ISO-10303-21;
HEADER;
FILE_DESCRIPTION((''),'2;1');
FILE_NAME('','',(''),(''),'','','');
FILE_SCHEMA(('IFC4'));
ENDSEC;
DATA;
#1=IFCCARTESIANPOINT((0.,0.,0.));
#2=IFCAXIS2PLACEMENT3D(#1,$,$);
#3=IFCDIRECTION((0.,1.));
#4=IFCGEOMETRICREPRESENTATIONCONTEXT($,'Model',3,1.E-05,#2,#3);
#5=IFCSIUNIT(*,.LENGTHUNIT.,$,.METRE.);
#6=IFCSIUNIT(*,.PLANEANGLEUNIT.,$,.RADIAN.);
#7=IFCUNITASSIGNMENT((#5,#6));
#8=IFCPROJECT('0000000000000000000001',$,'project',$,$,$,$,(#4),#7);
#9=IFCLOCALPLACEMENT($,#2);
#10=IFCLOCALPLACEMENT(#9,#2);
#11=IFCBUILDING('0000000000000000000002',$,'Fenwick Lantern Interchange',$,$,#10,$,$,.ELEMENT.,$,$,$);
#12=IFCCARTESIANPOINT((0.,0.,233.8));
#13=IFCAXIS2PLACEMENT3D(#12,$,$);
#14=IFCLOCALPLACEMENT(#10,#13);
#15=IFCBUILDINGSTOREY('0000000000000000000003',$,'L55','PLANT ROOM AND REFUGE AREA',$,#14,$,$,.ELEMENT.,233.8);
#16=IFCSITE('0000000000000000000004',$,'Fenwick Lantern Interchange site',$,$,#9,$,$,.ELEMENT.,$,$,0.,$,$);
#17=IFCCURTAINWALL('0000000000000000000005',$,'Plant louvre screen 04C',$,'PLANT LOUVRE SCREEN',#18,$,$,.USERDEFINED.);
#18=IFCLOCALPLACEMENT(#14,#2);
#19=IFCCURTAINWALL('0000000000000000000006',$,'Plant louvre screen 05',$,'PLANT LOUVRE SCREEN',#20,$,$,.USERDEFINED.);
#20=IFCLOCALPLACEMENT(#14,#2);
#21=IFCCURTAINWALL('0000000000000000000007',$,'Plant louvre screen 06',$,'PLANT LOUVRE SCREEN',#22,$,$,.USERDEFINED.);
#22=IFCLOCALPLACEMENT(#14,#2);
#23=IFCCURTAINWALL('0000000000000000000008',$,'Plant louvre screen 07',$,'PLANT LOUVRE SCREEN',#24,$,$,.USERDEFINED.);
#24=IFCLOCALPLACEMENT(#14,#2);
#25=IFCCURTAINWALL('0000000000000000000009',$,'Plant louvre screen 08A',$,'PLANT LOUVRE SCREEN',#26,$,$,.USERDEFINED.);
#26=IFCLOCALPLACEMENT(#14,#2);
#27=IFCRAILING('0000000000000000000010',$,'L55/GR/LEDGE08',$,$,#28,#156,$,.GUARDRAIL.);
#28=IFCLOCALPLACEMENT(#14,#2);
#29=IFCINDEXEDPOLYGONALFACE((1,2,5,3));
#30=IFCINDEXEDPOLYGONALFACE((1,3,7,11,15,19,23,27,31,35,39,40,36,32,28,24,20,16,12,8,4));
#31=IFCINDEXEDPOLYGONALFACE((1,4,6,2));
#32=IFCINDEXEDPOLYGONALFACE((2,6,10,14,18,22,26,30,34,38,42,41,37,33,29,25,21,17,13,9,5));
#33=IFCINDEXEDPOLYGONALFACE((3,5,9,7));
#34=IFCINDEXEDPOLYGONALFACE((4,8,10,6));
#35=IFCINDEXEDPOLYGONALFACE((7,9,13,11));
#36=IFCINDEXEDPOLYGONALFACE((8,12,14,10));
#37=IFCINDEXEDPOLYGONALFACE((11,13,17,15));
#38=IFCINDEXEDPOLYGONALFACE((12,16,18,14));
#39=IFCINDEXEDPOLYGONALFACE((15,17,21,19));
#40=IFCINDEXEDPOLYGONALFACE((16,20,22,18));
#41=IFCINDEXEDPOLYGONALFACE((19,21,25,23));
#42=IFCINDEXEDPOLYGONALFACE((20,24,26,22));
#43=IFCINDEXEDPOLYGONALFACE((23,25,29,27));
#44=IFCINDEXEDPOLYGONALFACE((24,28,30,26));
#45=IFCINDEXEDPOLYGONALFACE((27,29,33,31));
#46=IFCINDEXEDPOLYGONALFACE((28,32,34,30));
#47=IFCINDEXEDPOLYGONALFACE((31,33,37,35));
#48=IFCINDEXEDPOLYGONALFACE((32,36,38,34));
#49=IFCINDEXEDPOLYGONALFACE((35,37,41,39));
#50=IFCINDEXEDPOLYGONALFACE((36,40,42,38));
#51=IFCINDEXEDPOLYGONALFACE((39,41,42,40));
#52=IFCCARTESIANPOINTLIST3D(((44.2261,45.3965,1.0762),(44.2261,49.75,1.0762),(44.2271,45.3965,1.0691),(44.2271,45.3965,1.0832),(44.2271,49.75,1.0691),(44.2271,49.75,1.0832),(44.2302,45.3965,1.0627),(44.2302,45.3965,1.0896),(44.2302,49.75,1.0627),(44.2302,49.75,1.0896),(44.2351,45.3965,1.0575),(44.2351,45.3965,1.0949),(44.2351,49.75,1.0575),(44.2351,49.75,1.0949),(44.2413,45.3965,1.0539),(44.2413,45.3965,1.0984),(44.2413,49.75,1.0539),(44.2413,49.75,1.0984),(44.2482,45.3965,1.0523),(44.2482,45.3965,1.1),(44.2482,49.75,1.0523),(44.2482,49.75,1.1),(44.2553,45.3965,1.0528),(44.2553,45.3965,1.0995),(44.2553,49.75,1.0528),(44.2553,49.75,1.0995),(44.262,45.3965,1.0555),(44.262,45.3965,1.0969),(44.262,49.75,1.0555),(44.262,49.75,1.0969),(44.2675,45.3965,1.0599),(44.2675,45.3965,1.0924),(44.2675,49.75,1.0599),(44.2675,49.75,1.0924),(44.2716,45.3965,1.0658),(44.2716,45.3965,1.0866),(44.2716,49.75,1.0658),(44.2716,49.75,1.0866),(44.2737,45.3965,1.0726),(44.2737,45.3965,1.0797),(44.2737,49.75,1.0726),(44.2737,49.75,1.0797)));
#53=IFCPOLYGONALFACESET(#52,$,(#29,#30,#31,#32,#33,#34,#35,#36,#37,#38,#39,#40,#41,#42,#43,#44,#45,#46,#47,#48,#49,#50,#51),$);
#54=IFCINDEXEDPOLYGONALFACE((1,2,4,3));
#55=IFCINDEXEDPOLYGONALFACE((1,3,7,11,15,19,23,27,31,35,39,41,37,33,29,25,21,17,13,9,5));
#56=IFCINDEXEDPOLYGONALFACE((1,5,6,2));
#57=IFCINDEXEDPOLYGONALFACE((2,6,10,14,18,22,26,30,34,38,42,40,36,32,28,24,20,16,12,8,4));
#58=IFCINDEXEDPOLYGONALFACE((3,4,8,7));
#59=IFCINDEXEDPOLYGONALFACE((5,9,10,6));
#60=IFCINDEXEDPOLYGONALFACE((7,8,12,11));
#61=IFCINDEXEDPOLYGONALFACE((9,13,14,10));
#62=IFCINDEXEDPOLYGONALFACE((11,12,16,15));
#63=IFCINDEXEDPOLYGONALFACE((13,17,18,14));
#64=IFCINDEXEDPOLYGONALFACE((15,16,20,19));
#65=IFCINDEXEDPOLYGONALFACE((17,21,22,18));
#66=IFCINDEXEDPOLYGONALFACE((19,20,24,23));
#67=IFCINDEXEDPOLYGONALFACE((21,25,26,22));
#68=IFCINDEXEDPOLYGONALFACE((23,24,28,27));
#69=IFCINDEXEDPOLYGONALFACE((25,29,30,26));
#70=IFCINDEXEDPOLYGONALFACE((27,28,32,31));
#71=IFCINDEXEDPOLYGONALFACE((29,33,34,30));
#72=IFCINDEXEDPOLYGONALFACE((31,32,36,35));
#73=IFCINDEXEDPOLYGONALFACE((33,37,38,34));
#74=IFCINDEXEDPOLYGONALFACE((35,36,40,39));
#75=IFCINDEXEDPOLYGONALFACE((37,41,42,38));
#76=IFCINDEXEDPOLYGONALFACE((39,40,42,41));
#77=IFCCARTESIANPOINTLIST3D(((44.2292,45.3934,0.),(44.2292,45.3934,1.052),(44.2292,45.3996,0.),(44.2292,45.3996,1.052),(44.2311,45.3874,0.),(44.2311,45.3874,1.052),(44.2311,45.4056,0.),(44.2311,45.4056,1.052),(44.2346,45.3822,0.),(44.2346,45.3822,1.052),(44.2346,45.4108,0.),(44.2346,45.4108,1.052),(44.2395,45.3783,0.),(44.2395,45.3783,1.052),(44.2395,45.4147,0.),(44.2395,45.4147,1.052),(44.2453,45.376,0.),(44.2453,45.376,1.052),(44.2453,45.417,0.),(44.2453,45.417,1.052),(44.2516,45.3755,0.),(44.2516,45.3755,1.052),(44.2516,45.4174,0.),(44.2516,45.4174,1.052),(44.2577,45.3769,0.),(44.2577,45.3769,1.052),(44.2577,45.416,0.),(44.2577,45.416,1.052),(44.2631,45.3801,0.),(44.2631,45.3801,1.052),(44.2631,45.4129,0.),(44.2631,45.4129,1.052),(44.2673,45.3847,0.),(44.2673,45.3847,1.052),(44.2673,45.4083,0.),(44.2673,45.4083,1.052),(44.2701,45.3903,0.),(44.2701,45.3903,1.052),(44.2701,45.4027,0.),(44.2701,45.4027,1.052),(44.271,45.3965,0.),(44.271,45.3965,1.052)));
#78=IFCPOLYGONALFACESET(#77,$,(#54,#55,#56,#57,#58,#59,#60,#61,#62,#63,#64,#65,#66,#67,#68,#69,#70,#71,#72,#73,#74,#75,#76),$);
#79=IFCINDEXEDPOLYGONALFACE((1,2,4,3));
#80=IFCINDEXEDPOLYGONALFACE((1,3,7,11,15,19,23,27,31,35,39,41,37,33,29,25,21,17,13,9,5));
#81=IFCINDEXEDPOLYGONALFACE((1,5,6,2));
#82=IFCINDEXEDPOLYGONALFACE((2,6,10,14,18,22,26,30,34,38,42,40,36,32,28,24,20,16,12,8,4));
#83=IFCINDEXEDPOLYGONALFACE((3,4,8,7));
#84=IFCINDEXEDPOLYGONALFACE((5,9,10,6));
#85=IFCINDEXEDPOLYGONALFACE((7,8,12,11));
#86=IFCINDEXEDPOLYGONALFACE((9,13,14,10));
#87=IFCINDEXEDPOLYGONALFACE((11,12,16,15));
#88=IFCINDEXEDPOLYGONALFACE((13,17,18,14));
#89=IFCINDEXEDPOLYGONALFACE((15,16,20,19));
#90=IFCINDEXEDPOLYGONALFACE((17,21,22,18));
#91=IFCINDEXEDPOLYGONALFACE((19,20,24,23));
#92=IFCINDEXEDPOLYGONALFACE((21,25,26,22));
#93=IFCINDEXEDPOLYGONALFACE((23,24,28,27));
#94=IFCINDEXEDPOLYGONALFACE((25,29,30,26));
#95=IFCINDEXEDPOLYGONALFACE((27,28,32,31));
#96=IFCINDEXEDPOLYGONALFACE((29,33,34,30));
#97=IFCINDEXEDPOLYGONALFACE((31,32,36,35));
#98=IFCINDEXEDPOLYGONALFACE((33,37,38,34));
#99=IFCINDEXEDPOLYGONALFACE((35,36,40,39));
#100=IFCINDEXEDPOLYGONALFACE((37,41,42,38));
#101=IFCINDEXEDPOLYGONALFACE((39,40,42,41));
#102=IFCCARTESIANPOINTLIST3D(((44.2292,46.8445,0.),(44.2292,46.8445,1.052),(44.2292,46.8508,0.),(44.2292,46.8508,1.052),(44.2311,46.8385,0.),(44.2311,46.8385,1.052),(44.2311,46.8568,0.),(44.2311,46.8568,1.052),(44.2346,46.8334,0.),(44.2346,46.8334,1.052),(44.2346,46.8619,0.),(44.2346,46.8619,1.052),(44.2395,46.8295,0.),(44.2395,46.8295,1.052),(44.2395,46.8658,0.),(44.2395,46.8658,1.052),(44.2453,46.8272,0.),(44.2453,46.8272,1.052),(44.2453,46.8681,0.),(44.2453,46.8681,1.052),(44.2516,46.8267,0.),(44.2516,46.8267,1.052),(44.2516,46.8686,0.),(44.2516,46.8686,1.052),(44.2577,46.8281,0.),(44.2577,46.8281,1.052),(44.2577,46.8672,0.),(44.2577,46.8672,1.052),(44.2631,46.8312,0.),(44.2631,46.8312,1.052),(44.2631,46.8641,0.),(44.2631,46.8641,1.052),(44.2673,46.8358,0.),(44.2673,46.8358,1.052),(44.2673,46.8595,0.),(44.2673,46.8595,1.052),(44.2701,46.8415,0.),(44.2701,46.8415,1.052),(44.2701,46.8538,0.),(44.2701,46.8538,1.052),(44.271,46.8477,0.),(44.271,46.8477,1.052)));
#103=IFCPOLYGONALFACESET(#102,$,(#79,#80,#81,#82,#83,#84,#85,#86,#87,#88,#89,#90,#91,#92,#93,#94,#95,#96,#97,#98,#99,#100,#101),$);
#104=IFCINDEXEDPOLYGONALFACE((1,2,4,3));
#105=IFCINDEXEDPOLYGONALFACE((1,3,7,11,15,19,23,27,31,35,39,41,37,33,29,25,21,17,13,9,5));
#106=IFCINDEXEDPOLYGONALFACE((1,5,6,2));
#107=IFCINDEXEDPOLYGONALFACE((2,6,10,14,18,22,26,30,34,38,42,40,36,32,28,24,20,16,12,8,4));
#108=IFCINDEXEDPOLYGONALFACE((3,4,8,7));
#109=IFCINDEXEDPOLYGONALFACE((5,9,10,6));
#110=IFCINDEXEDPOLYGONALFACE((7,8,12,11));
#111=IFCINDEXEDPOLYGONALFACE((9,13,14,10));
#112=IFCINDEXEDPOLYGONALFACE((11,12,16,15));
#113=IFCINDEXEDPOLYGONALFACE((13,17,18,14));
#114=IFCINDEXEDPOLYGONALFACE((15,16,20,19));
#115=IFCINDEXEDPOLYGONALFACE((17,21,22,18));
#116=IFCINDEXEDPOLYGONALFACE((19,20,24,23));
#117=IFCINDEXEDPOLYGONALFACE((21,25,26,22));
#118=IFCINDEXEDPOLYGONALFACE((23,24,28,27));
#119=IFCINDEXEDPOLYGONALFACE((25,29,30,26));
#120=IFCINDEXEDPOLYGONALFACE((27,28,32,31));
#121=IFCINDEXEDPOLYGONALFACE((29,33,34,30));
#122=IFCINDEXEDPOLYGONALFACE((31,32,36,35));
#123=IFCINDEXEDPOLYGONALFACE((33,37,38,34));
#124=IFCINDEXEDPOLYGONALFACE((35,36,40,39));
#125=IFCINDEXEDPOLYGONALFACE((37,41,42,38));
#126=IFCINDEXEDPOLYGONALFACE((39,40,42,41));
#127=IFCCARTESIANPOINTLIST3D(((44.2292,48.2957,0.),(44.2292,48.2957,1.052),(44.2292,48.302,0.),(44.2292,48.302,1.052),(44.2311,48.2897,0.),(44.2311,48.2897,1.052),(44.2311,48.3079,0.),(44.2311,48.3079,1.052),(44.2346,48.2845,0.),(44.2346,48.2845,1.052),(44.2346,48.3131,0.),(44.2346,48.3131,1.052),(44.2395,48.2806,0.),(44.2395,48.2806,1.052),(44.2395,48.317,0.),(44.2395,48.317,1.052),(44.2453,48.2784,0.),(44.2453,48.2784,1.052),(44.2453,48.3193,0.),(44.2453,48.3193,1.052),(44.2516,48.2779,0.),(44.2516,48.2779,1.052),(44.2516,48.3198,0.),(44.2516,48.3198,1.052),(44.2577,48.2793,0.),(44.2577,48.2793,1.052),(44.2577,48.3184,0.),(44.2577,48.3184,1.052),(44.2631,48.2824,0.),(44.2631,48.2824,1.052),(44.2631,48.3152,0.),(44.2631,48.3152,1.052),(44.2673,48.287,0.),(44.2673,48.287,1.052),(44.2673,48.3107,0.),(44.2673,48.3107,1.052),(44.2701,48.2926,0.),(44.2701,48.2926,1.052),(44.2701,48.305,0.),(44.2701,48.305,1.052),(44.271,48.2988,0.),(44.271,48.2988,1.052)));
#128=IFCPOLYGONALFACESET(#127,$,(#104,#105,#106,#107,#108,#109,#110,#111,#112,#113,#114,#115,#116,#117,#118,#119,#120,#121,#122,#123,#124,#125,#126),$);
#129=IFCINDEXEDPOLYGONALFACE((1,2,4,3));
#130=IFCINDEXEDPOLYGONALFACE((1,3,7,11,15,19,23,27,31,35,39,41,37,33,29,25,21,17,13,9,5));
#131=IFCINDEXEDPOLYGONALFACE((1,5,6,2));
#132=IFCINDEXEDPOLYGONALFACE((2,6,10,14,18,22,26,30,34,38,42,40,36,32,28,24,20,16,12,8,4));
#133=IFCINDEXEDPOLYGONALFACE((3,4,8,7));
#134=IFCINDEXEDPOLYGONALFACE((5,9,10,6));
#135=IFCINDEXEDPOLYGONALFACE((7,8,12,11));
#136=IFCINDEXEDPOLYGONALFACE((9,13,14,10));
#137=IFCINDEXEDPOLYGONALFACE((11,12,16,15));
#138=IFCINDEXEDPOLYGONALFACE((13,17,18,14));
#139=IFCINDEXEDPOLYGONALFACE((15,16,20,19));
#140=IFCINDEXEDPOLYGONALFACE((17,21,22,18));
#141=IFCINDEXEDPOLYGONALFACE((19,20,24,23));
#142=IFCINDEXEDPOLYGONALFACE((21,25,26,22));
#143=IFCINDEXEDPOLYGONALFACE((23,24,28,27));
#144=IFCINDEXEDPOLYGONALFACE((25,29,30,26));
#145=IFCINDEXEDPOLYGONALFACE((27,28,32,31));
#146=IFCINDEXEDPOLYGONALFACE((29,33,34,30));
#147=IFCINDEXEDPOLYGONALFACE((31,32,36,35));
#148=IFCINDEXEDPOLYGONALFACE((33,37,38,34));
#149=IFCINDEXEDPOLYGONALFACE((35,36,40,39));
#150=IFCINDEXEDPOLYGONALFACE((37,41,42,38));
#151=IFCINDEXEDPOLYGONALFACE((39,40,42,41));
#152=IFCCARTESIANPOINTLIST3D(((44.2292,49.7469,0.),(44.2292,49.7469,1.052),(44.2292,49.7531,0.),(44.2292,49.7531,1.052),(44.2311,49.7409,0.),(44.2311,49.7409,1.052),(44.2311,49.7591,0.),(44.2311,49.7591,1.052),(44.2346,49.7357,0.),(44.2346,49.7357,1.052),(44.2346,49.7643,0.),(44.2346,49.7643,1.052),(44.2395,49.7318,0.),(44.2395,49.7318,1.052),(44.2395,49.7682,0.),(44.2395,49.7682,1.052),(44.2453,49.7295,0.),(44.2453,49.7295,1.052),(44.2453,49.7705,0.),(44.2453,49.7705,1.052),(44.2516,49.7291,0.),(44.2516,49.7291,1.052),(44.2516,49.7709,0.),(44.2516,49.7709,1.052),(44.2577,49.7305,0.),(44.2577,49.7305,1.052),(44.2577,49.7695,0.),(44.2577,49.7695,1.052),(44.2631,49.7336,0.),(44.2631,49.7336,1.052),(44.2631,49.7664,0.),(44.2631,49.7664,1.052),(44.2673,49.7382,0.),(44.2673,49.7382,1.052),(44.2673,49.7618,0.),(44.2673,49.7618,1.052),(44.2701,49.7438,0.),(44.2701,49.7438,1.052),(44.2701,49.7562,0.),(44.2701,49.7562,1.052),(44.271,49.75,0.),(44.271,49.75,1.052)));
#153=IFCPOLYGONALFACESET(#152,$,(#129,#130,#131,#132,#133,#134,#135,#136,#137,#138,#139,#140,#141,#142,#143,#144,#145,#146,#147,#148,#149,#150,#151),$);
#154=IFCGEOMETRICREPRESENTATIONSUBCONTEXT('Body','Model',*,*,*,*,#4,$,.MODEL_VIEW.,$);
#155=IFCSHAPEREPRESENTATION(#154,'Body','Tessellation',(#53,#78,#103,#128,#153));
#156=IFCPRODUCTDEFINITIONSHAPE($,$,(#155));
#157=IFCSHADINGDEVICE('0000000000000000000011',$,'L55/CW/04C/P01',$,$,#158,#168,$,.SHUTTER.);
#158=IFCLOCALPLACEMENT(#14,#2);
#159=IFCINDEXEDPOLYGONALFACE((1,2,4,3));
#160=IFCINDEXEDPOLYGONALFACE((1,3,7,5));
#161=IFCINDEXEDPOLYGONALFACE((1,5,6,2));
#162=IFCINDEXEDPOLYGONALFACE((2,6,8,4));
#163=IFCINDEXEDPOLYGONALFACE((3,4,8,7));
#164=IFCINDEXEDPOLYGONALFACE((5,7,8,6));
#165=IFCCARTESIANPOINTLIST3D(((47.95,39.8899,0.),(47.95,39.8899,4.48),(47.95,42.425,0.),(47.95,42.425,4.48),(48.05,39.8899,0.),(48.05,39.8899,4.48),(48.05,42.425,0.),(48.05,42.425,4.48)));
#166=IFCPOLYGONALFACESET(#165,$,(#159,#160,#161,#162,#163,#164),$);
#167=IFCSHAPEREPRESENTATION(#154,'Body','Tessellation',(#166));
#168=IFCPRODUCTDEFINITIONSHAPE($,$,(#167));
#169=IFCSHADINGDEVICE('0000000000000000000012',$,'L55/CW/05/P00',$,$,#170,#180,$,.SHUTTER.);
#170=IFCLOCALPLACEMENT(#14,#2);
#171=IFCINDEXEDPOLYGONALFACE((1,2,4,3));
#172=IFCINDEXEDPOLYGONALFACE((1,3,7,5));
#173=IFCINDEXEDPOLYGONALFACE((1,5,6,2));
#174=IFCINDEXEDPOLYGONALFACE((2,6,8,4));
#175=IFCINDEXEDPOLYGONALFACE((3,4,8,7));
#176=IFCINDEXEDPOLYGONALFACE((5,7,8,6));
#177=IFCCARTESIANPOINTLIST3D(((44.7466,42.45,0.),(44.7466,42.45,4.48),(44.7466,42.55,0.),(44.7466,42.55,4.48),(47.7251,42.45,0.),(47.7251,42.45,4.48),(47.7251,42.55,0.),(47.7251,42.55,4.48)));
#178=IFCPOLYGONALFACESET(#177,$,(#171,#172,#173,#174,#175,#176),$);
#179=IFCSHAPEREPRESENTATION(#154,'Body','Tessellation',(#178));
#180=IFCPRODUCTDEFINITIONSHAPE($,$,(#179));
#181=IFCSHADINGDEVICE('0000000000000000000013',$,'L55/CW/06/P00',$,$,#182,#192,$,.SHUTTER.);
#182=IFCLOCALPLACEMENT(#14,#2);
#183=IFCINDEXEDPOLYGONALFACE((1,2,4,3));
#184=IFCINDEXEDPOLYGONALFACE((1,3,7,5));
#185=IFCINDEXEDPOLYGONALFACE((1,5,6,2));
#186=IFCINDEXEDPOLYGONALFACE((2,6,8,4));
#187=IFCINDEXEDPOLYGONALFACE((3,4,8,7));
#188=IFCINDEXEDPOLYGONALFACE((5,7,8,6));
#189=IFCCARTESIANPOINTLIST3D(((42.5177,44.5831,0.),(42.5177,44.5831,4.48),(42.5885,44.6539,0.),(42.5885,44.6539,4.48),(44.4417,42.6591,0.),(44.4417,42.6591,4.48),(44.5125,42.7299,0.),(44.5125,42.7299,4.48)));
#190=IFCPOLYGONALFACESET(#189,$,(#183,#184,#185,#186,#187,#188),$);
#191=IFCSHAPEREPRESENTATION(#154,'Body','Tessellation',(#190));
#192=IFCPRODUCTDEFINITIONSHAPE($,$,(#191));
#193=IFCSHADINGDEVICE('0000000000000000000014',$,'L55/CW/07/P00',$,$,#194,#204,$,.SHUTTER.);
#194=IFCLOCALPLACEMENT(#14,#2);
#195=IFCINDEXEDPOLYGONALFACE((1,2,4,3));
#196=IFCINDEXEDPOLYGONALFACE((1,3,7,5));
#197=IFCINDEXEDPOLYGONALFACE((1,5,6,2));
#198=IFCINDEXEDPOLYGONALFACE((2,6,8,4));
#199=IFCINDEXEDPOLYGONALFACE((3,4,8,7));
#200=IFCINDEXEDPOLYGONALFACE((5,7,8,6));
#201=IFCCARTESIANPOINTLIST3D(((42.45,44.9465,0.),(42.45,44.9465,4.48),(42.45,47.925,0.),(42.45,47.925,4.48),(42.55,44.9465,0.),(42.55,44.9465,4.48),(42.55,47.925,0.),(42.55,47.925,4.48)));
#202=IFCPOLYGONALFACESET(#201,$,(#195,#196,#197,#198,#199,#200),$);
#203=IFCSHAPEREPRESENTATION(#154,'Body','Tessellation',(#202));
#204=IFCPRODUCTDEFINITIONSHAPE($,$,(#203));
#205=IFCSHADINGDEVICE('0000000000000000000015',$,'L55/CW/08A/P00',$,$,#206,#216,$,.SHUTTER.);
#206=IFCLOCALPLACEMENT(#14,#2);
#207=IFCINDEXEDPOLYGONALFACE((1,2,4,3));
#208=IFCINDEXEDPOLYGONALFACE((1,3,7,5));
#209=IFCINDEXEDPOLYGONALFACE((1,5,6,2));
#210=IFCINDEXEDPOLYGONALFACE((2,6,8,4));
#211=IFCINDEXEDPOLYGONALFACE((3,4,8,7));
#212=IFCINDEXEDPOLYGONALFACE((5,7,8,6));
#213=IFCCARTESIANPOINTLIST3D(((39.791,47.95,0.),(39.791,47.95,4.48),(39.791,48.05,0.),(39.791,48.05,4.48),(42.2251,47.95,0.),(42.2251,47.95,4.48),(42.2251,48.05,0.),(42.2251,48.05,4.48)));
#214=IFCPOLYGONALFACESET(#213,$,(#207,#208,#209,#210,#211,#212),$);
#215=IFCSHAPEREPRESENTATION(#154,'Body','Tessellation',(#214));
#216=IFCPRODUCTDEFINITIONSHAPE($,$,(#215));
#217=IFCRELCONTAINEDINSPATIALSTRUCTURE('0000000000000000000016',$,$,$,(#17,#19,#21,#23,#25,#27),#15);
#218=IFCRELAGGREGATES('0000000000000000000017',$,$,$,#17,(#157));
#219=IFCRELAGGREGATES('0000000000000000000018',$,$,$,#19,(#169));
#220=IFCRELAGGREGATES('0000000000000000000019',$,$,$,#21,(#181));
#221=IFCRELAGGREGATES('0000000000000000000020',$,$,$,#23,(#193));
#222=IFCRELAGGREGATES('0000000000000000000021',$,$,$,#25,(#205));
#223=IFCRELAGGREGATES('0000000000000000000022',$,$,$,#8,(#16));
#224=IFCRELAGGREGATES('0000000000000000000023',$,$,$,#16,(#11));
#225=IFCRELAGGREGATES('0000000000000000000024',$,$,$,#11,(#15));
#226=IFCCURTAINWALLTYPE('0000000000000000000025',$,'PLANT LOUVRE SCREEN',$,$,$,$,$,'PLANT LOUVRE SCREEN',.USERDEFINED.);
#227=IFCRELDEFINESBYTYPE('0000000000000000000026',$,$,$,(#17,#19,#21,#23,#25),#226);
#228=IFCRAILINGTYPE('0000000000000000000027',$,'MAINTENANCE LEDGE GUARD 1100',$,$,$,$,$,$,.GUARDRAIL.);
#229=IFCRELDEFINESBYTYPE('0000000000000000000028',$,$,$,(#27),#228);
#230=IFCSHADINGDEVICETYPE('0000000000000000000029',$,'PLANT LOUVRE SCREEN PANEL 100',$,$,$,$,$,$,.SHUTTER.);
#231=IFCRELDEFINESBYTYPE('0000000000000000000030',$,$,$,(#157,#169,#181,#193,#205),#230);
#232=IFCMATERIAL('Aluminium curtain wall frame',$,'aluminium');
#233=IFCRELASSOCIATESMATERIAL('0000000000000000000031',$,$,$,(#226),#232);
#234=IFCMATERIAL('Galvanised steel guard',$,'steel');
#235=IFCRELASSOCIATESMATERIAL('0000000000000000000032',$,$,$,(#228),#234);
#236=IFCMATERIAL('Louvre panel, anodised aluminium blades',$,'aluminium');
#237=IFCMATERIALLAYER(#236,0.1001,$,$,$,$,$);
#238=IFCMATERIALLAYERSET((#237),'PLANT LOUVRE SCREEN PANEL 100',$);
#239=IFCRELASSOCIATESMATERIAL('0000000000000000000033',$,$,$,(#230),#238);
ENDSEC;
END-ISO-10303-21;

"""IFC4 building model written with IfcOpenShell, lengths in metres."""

from ifc_helpers import new_model, si_unit, direction, frame, origin, origin_2d, place, context, subcontext, project, spatial, rectangle, circle, extrude, material, layer, layer_set, type_object, element, aggregate, save


model = new_model("IFC4")

# Units and contexts
model_context = context("Model", 3, precision=1e-05, world=origin(), true_north=direction((0.0, 1.0)))
body_context = subcontext(model_context, "Body", "Model", "MODEL_VIEW")
ifc_project = project(units=[si_unit("LENGTHUNIT", "METRE"), si_unit("PLANEANGLEUNIT", "RADIAN")], contexts=[model_context])

# Site, building, storey
site_placement = place(None, origin())
site = spatial("IfcSite", under=ifc_project, at=site_placement, Name="Fenwick Lantern Interchange site", CompositionType="ELEMENT", RefElevation=0.0)
building_placement = place(site_placement, origin())
building = spatial("IfcBuilding", under=site, at=building_placement, Name="Fenwick Lantern Interchange", CompositionType="ELEMENT")
storey_placement = place(building_placement, frame((0.0, 0.0, 233.8)))
storey = spatial("IfcBuildingStorey", under=building, at=storey_placement, Name="L55", Description="PLANT ROOM AND REFUGE AREA", CompositionType="ELEMENT", Elevation=233.8)

# Curtain wall
ifc_material_1 = material(Name="Aluminium curtain wall frame", Category="aluminium")
curtain_wall_type = type_object("IfcCurtainWallType", Name="PLANT LOUVRE SCREEN", ElementType="PLANT LOUVRE SCREEN", PredefinedType="USERDEFINED", material=ifc_material_1)
curtain_wall_1_placement = place(storey_placement, origin())
curtain_wall_1 = element("IfcCurtainWall", 1, at=curtain_wall_1_placement, inside=storey, type_object=curtain_wall_type, Name="Plant louvre screen 04C", ObjectType="PLANT LOUVRE SCREEN", PredefinedType="USERDEFINED")

# Curtain walls
curtain_wall_2_placement = place(storey_placement, origin())
curtain_wall_2 = element("IfcCurtainWall", 2, at=curtain_wall_2_placement, inside=storey, type_object=curtain_wall_type, Name="Plant louvre screen 05", ObjectType="PLANT LOUVRE SCREEN", PredefinedType="USERDEFINED")
curtain_wall_3_placement = place(storey_placement, origin())
curtain_wall_3 = element("IfcCurtainWall", 3, at=curtain_wall_3_placement, inside=storey, type_object=curtain_wall_type, Name="Plant louvre screen 06", ObjectType="PLANT LOUVRE SCREEN", PredefinedType="USERDEFINED")
curtain_wall_4_placement = place(storey_placement, origin())
curtain_wall_4 = element("IfcCurtainWall", 4, at=curtain_wall_4_placement, inside=storey, type_object=curtain_wall_type, Name="Plant louvre screen 07", ObjectType="PLANT LOUVRE SCREEN", PredefinedType="USERDEFINED")

# Curtain wall
curtain_wall_5_placement = place(storey_placement, origin())
curtain_wall_5 = element("IfcCurtainWall", 5, at=curtain_wall_5_placement, inside=storey, type_object=curtain_wall_type, Name="Plant louvre screen 08A", ObjectType="PLANT LOUVRE SCREEN", PredefinedType="USERDEFINED")

# Railing
ifc_material_2 = material(Name="Galvanised steel guard", Category="steel")
railing_type = type_object("IfcRailingType", Name="MAINTENANCE LEDGE GUARD 1100", PredefinedType="GUARDRAIL", material=ifc_material_2)
railing_1_placement = place(storey_placement, frame((44.25, 45.3965, 0.0)))
element("IfcRailing", 6, at=railing_1_placement, inside=storey, type_object=railing_type, Name="L55/GR/LEDGE08", PredefinedType="GUARDRAIL", context=body_context, shape_type="SweptSolid", body=[
    extrude(circle(Radius=0.0239, at=origin_2d()), frame((0.0, 0.0, 1.0762), z_axis=(0.0, 1.0, 0.0), x_axis=(-1.0, 0.0, 0.0)), (0.0, 0.0, 1.0), 4.3535),
    extrude(circle(Radius=0.021, at=origin_2d()), origin(), (0.0, 0.0, 1.0), 1.052),
    extrude(circle(Radius=0.021, at=origin_2d()), frame((0.0, 1.4512, 0.0)), (0.0, 0.0, 1.0), 1.052),
    extrude(circle(Radius=0.021, at=origin_2d()), frame((0.0, 2.9023, 0.0)), (0.0, 0.0, 1.0), 1.052),
    extrude(circle(Radius=0.021, at=origin_2d()), frame((0.0, 4.3535, 0.0)), (0.0, 0.0, 1.0), 1.052),
])

# Shading devices
ifc_material_3 = material(Name="Louvre panel, anodised aluminium blades", Category="aluminium")
ifc_layer = layer(ifc_material_3, 0.1001)
ifc_layer_set = layer_set([ifc_layer], Name="PLANT LOUVRE SCREEN PANEL 100")
shading_device_type = type_object("IfcShadingDeviceType", Name="PLANT LOUVRE SCREEN PANEL 100", PredefinedType="SHUTTER", material=ifc_layer_set)
shading_device_1_placement = place(storey_placement, frame((48.0, 41.1575, 0.0), z_axis=(0.0, 0.0, 1.0), x_axis=(0.0, 1.0, 0.0)))
shading_device_1 = element("IfcShadingDevice", 7, at=shading_device_1_placement, type_object=shading_device_type, Name="L55/CW/04C/P01", PredefinedType="SHUTTER", context=body_context, shape_type="SweptSolid", body=[
    extrude(rectangle(XDim=2.5352, YDim=0.1001, at=origin_2d()), origin(), (0.0, 0.0, 1.0), 4.48),
])
aggregate(curtain_wall_1, [shading_device_1])
shading_device_2_placement = place(storey_placement, frame((46.2358, 42.5, 0.0), z_axis=(0.0, 0.0, 1.0), x_axis=(-1.0, 0.0, 0.0)))
shading_device_2 = element("IfcShadingDevice", 8, at=shading_device_2_placement, type_object=shading_device_type, Name="L55/CW/05/P00", PredefinedType="SHUTTER", context=body_context, shape_type="SweptSolid", body=[
    extrude(rectangle(XDim=2.9785, YDim=0.1001, at=origin_2d()), origin(), (0.0, 0.0, 1.0), 4.48),
])
aggregate(curtain_wall_2, [shading_device_2])
shading_device_3_placement = place(storey_placement, frame((43.5151, 43.6565, 0.0), z_axis=(0.0, 0.0, 1.0), x_axis=(-0.707107, 0.707107, 0.0)))
shading_device_3 = element("IfcShadingDevice", 9, at=shading_device_3_placement, type_object=shading_device_type, Name="L55/CW/06/P00", PredefinedType="SHUTTER", context=body_context, shape_type="SweptSolid", body=[
    extrude(rectangle(XDim=2.7209, YDim=0.1001, at=origin_2d()), origin(), (0.0, 0.0, 1.0), 4.48),
])
aggregate(curtain_wall_3, [shading_device_3])
shading_device_4_placement = place(storey_placement, frame((42.5, 46.4358, 0.0), z_axis=(0.0, 0.0, 1.0), x_axis=(0.0, 1.0, 0.0)))
shading_device_4 = element("IfcShadingDevice", 10, at=shading_device_4_placement, type_object=shading_device_type, Name="L55/CW/07/P00", PredefinedType="SHUTTER", context=body_context, shape_type="SweptSolid", body=[
    extrude(rectangle(XDim=2.9785, YDim=0.1001, at=origin_2d()), origin(), (0.0, 0.0, 1.0), 4.48),
])
aggregate(curtain_wall_4, [shading_device_4])
shading_device_5_placement = place(storey_placement, frame((41.0081, 48.0, 0.0), z_axis=(0.0, 0.0, 1.0), x_axis=(-1.0, 0.0, 0.0)))
shading_device_5 = element("IfcShadingDevice", 11, at=shading_device_5_placement, type_object=shading_device_type, Name="L55/CW/08A/P00", PredefinedType="SHUTTER", context=body_context, shape_type="SweptSolid", body=[
    extrude(rectangle(XDim=2.4341, YDim=0.1001, at=origin_2d()), origin(), (0.0, 0.0, 1.0), 4.48),
])
aggregate(curtain_wall_5, [shading_device_5])

save(model, "model.ifc")
